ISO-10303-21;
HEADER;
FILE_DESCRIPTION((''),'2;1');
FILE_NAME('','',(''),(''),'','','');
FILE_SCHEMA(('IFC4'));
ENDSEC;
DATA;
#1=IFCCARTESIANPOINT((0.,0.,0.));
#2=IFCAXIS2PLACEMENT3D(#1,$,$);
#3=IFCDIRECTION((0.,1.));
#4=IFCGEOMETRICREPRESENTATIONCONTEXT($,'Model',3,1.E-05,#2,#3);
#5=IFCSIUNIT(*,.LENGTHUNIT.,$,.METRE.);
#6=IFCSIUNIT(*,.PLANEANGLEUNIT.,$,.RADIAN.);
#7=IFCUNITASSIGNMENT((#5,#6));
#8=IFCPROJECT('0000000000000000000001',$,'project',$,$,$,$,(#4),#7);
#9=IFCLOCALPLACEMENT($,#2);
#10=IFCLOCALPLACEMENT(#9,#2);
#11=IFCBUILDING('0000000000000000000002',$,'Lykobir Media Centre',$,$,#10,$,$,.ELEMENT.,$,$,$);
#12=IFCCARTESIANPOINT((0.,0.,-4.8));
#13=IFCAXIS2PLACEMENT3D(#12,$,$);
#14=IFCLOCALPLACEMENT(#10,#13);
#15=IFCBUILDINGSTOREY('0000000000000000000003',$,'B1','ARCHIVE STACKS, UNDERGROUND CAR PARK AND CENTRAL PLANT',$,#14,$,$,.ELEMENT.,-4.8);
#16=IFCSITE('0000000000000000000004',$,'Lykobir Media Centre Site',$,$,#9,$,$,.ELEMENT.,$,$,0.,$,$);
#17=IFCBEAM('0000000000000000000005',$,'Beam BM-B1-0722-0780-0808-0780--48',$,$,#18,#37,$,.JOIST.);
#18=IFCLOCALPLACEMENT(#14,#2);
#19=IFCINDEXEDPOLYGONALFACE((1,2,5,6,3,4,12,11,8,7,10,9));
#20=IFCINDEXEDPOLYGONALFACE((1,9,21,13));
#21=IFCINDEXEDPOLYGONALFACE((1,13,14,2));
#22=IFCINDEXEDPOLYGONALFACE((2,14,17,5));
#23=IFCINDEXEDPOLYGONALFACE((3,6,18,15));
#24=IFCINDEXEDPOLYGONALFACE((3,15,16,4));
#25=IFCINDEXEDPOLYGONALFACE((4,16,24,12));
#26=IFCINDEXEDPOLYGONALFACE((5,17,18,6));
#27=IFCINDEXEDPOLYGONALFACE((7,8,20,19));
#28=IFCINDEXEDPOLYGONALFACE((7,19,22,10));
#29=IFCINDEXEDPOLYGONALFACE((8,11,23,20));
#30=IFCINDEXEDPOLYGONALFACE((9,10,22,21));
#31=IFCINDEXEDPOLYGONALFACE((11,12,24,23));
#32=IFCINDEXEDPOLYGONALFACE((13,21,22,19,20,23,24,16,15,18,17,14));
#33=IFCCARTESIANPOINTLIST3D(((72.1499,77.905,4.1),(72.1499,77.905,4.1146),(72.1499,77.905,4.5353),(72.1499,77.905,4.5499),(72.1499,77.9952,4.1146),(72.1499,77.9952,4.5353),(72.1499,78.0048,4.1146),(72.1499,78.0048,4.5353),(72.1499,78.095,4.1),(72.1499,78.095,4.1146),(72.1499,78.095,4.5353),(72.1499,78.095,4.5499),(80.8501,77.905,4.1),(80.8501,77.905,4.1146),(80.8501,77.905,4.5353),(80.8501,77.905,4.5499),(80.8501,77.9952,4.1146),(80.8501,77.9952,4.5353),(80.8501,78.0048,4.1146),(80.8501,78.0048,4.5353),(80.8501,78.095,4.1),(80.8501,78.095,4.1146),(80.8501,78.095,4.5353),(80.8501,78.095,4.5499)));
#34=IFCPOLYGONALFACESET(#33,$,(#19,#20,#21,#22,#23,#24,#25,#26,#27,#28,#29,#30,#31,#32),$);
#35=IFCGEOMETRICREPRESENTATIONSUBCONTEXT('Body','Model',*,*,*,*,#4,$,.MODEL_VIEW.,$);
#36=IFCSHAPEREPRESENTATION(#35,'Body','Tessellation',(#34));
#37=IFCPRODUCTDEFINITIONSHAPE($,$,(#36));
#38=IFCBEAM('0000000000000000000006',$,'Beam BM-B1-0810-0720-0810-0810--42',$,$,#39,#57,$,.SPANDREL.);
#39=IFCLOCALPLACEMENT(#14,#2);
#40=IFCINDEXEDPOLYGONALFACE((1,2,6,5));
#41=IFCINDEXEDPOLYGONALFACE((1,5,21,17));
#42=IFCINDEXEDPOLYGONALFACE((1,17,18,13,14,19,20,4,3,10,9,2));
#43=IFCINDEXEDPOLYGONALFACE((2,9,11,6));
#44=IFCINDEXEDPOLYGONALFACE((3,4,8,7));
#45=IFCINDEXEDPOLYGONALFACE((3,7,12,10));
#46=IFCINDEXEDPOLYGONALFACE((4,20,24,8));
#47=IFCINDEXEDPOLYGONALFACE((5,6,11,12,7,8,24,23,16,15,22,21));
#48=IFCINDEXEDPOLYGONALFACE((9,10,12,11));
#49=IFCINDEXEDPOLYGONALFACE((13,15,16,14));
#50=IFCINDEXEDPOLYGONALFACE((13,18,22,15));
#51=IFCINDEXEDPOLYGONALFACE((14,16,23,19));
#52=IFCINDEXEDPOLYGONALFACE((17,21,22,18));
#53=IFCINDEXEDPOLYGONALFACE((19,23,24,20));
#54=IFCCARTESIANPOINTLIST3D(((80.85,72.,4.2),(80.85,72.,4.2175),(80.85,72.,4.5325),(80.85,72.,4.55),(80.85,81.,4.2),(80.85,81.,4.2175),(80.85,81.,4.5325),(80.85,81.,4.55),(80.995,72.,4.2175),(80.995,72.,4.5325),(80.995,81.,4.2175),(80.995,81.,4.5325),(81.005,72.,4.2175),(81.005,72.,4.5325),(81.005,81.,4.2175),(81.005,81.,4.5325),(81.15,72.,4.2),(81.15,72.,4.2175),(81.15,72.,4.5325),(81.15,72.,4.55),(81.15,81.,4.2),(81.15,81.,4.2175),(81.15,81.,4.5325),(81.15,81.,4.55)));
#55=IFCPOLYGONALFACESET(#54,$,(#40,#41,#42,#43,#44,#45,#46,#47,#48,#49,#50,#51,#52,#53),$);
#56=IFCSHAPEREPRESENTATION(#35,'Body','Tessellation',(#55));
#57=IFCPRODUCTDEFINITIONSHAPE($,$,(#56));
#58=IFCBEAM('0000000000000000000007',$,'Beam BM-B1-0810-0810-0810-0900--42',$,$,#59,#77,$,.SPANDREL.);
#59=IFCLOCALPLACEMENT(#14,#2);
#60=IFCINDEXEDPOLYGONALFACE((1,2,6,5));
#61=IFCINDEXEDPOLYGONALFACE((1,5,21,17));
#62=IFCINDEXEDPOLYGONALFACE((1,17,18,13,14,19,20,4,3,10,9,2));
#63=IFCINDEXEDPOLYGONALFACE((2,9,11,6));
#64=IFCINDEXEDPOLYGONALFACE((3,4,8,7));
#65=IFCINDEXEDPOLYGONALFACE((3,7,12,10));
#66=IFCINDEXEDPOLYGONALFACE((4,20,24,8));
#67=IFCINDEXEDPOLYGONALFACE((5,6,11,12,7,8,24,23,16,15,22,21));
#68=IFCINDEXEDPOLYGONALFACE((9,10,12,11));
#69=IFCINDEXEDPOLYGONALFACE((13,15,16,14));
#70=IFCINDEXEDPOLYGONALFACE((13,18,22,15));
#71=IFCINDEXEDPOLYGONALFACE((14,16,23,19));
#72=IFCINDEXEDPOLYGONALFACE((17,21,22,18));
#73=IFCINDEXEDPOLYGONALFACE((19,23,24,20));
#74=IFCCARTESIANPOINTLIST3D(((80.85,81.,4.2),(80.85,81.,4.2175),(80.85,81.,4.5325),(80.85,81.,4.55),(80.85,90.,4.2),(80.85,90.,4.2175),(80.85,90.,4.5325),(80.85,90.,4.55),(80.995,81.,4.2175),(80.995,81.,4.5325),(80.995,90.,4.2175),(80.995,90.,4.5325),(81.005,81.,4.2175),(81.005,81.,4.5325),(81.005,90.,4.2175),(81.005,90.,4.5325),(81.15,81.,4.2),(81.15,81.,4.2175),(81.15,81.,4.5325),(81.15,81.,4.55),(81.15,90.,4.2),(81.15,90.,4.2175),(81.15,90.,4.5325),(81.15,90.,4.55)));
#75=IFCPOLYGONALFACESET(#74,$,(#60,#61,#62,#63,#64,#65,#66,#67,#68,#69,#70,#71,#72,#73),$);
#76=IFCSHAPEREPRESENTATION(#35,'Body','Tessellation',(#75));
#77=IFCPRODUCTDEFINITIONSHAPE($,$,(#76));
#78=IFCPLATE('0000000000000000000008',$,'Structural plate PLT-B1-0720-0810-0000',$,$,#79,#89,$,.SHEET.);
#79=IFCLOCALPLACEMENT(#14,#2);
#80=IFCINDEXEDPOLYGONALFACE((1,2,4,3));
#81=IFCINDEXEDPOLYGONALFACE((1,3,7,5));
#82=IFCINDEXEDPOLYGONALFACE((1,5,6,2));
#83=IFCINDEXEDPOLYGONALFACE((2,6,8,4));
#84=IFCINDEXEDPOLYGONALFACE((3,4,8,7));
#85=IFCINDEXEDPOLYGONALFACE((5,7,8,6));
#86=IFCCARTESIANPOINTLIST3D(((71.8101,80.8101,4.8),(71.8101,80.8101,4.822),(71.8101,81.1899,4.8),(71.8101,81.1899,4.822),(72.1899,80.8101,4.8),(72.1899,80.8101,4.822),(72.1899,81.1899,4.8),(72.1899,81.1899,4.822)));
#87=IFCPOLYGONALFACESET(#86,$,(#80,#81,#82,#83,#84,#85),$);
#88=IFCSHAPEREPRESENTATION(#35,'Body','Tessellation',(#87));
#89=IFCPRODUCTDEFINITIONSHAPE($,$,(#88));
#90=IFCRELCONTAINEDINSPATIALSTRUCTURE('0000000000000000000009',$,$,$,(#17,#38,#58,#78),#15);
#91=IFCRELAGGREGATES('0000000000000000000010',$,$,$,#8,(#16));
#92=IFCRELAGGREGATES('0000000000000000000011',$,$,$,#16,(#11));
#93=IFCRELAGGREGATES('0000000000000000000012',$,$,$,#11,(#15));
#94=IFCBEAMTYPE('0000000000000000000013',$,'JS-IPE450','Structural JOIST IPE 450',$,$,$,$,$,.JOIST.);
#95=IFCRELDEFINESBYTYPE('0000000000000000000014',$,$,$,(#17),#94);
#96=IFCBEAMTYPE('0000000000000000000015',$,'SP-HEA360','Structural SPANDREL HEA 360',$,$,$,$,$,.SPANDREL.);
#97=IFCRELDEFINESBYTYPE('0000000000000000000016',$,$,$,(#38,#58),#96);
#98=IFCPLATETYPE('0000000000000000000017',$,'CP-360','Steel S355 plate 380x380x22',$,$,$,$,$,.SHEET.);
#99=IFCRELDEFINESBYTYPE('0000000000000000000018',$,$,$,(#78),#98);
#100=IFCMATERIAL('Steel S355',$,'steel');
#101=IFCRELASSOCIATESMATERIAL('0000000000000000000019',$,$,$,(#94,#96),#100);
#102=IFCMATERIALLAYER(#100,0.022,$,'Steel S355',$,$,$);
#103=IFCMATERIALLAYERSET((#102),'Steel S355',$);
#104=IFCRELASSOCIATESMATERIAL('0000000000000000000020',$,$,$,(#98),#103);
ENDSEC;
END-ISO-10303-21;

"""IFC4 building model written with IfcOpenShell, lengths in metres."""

from ifc_helpers import new_model, si_unit, direction, frame, origin, origin_2d, place, context, subcontext, project, spatial, rectangle, i_section, extrude, material, layer, layer_set, material_profile, profile_set, type_object, element, save


model = new_model("IFC4")

# Units and contexts
model_context = context("Model", 3, precision=1e-05, world=origin(), true_north=direction((0.0, 1.0)))
body_context = subcontext(model_context, "Body", "Model", "MODEL_VIEW")
ifc_project = project(units=[si_unit("LENGTHUNIT", "METRE"), si_unit("PLANEANGLEUNIT", "RADIAN")], contexts=[model_context])

# Site, building, storey
site_placement = place(None, origin())
site = spatial("IfcSite", under=ifc_project, at=site_placement, Name="Lykobir Media Centre Site", CompositionType="ELEMENT", RefElevation=0.0)
building_placement = place(site_placement, origin())
building = spatial("IfcBuilding", under=site, at=building_placement, Name="Lykobir Media Centre", CompositionType="ELEMENT")
storey_placement = place(building_placement, frame((0.0, 0.0, -4.8)))
storey = spatial("IfcBuildingStorey", under=building, at=storey_placement, Name="B1", Description="ARCHIVE STACKS, UNDERGROUND CAR PARK AND CENTRAL PLANT", CompositionType="ELEMENT", Elevation=-4.8)

# Shared definitions
ifc_material_1 = material(Name="Steel S355", Category="steel")

# Beams
ifc_material_profile_1 = material_profile(ifc_material_1, i_section(OverallWidth=0.1899, OverallDepth=0.45, WebThickness=0.0095, FlangeThickness=0.0146, at=origin_2d()), Name="IPE 450")
ifc_profile_set_1 = profile_set([ifc_material_profile_1], Name="Steel S355")
beam_type_1 = type_object("IfcBeamType", Name="JS-IPE450", Description="Structural JOIST IPE 450", PredefinedType="JOIST", material=ifc_profile_set_1)
for number, where, z_axis, x_axis, name in (
    (1, (72.1499, 78.0, 4.325), (1.0, 0.0, 0.0), (0.0, 1.0, 0.0), "Beam BM-B1-0722-0780-0808-0780--48"),
):
    element("IfcBeam", number, at=place(storey_placement, frame(where, z_axis=z_axis, x_axis=x_axis)), inside=storey, type_object=beam_type_1, Name=name, PredefinedType="JOIST", context=body_context, shape_type="SweptSolid", body=[
        extrude(i_section(OverallWidth=0.1899, OverallDepth=0.45, WebThickness=0.0095, FlangeThickness=0.0146, at=origin_2d()), origin(), (0.0, 0.0, 1.0), 8.7002),
    ])
ifc_material_profile_2 = material_profile(ifc_material_1, i_section(OverallWidth=0.3, OverallDepth=0.3501, WebThickness=0.01, FlangeThickness=0.0176, at=origin_2d()), Name="HEA 360")
ifc_profile_set_2 = profile_set([ifc_material_profile_2], Name="Steel S355")
beam_type_2 = type_object("IfcBeamType", Name="SP-HEA360", Description="Structural SPANDREL HEA 360", PredefinedType="SPANDREL", material=ifc_profile_set_2)
for number, where, z_axis, x_axis, name in (
    (2, (81.0, 72.0, 4.375), (0.0, 1.0, 0.0), (-1.0, 0.0, 0.0), "Beam BM-B1-0810-0720-0810-0810--42"),
    (3, (81.0, 81.0, 4.375), (0.0, 1.0, 0.0), (-1.0, 0.0, 0.0), "Beam BM-B1-0810-0810-0810-0900--42"),
):
    element("IfcBeam", number, at=place(storey_placement, frame(where, z_axis=z_axis, x_axis=x_axis)), inside=storey, type_object=beam_type_2, Name=name, PredefinedType="SPANDREL", context=body_context, shape_type="SweptSolid", body=[
        extrude(i_section(OverallWidth=0.3, OverallDepth=0.3501, WebThickness=0.01, FlangeThickness=0.0176, at=origin_2d()), origin(), (0.0, 0.0, 1.0), 9.0),
    ])

# Plate
ifc_layer = layer(ifc_material_1, 0.022, Name="Steel S355")
ifc_layer_set = layer_set([ifc_layer], Name="Steel S355")
plate_type = type_object("IfcPlateType", Name="CP-360", Description="Steel S355 plate 380x380x22", PredefinedType="SHEET", material=ifc_layer_set)
plate_placement = place(storey_placement, frame((72.0, 81.0, 4.8), z_axis=(0.0, 0.0, 1.0), x_axis=(1.0, 0.0, 0.0)))
element("IfcPlate", 4, at=plate_placement, inside=storey, type_object=plate_type, Name="Structural plate PLT-B1-0720-0810-0000", PredefinedType="SHEET", context=body_context, shape_type="SweptSolid", body=[
    extrude(rectangle(XDim=0.3799, YDim=0.3799, at=origin_2d()), origin(), (0.0, 0.0, 1.0), 0.022),
])

save(model, "model.ifc")
